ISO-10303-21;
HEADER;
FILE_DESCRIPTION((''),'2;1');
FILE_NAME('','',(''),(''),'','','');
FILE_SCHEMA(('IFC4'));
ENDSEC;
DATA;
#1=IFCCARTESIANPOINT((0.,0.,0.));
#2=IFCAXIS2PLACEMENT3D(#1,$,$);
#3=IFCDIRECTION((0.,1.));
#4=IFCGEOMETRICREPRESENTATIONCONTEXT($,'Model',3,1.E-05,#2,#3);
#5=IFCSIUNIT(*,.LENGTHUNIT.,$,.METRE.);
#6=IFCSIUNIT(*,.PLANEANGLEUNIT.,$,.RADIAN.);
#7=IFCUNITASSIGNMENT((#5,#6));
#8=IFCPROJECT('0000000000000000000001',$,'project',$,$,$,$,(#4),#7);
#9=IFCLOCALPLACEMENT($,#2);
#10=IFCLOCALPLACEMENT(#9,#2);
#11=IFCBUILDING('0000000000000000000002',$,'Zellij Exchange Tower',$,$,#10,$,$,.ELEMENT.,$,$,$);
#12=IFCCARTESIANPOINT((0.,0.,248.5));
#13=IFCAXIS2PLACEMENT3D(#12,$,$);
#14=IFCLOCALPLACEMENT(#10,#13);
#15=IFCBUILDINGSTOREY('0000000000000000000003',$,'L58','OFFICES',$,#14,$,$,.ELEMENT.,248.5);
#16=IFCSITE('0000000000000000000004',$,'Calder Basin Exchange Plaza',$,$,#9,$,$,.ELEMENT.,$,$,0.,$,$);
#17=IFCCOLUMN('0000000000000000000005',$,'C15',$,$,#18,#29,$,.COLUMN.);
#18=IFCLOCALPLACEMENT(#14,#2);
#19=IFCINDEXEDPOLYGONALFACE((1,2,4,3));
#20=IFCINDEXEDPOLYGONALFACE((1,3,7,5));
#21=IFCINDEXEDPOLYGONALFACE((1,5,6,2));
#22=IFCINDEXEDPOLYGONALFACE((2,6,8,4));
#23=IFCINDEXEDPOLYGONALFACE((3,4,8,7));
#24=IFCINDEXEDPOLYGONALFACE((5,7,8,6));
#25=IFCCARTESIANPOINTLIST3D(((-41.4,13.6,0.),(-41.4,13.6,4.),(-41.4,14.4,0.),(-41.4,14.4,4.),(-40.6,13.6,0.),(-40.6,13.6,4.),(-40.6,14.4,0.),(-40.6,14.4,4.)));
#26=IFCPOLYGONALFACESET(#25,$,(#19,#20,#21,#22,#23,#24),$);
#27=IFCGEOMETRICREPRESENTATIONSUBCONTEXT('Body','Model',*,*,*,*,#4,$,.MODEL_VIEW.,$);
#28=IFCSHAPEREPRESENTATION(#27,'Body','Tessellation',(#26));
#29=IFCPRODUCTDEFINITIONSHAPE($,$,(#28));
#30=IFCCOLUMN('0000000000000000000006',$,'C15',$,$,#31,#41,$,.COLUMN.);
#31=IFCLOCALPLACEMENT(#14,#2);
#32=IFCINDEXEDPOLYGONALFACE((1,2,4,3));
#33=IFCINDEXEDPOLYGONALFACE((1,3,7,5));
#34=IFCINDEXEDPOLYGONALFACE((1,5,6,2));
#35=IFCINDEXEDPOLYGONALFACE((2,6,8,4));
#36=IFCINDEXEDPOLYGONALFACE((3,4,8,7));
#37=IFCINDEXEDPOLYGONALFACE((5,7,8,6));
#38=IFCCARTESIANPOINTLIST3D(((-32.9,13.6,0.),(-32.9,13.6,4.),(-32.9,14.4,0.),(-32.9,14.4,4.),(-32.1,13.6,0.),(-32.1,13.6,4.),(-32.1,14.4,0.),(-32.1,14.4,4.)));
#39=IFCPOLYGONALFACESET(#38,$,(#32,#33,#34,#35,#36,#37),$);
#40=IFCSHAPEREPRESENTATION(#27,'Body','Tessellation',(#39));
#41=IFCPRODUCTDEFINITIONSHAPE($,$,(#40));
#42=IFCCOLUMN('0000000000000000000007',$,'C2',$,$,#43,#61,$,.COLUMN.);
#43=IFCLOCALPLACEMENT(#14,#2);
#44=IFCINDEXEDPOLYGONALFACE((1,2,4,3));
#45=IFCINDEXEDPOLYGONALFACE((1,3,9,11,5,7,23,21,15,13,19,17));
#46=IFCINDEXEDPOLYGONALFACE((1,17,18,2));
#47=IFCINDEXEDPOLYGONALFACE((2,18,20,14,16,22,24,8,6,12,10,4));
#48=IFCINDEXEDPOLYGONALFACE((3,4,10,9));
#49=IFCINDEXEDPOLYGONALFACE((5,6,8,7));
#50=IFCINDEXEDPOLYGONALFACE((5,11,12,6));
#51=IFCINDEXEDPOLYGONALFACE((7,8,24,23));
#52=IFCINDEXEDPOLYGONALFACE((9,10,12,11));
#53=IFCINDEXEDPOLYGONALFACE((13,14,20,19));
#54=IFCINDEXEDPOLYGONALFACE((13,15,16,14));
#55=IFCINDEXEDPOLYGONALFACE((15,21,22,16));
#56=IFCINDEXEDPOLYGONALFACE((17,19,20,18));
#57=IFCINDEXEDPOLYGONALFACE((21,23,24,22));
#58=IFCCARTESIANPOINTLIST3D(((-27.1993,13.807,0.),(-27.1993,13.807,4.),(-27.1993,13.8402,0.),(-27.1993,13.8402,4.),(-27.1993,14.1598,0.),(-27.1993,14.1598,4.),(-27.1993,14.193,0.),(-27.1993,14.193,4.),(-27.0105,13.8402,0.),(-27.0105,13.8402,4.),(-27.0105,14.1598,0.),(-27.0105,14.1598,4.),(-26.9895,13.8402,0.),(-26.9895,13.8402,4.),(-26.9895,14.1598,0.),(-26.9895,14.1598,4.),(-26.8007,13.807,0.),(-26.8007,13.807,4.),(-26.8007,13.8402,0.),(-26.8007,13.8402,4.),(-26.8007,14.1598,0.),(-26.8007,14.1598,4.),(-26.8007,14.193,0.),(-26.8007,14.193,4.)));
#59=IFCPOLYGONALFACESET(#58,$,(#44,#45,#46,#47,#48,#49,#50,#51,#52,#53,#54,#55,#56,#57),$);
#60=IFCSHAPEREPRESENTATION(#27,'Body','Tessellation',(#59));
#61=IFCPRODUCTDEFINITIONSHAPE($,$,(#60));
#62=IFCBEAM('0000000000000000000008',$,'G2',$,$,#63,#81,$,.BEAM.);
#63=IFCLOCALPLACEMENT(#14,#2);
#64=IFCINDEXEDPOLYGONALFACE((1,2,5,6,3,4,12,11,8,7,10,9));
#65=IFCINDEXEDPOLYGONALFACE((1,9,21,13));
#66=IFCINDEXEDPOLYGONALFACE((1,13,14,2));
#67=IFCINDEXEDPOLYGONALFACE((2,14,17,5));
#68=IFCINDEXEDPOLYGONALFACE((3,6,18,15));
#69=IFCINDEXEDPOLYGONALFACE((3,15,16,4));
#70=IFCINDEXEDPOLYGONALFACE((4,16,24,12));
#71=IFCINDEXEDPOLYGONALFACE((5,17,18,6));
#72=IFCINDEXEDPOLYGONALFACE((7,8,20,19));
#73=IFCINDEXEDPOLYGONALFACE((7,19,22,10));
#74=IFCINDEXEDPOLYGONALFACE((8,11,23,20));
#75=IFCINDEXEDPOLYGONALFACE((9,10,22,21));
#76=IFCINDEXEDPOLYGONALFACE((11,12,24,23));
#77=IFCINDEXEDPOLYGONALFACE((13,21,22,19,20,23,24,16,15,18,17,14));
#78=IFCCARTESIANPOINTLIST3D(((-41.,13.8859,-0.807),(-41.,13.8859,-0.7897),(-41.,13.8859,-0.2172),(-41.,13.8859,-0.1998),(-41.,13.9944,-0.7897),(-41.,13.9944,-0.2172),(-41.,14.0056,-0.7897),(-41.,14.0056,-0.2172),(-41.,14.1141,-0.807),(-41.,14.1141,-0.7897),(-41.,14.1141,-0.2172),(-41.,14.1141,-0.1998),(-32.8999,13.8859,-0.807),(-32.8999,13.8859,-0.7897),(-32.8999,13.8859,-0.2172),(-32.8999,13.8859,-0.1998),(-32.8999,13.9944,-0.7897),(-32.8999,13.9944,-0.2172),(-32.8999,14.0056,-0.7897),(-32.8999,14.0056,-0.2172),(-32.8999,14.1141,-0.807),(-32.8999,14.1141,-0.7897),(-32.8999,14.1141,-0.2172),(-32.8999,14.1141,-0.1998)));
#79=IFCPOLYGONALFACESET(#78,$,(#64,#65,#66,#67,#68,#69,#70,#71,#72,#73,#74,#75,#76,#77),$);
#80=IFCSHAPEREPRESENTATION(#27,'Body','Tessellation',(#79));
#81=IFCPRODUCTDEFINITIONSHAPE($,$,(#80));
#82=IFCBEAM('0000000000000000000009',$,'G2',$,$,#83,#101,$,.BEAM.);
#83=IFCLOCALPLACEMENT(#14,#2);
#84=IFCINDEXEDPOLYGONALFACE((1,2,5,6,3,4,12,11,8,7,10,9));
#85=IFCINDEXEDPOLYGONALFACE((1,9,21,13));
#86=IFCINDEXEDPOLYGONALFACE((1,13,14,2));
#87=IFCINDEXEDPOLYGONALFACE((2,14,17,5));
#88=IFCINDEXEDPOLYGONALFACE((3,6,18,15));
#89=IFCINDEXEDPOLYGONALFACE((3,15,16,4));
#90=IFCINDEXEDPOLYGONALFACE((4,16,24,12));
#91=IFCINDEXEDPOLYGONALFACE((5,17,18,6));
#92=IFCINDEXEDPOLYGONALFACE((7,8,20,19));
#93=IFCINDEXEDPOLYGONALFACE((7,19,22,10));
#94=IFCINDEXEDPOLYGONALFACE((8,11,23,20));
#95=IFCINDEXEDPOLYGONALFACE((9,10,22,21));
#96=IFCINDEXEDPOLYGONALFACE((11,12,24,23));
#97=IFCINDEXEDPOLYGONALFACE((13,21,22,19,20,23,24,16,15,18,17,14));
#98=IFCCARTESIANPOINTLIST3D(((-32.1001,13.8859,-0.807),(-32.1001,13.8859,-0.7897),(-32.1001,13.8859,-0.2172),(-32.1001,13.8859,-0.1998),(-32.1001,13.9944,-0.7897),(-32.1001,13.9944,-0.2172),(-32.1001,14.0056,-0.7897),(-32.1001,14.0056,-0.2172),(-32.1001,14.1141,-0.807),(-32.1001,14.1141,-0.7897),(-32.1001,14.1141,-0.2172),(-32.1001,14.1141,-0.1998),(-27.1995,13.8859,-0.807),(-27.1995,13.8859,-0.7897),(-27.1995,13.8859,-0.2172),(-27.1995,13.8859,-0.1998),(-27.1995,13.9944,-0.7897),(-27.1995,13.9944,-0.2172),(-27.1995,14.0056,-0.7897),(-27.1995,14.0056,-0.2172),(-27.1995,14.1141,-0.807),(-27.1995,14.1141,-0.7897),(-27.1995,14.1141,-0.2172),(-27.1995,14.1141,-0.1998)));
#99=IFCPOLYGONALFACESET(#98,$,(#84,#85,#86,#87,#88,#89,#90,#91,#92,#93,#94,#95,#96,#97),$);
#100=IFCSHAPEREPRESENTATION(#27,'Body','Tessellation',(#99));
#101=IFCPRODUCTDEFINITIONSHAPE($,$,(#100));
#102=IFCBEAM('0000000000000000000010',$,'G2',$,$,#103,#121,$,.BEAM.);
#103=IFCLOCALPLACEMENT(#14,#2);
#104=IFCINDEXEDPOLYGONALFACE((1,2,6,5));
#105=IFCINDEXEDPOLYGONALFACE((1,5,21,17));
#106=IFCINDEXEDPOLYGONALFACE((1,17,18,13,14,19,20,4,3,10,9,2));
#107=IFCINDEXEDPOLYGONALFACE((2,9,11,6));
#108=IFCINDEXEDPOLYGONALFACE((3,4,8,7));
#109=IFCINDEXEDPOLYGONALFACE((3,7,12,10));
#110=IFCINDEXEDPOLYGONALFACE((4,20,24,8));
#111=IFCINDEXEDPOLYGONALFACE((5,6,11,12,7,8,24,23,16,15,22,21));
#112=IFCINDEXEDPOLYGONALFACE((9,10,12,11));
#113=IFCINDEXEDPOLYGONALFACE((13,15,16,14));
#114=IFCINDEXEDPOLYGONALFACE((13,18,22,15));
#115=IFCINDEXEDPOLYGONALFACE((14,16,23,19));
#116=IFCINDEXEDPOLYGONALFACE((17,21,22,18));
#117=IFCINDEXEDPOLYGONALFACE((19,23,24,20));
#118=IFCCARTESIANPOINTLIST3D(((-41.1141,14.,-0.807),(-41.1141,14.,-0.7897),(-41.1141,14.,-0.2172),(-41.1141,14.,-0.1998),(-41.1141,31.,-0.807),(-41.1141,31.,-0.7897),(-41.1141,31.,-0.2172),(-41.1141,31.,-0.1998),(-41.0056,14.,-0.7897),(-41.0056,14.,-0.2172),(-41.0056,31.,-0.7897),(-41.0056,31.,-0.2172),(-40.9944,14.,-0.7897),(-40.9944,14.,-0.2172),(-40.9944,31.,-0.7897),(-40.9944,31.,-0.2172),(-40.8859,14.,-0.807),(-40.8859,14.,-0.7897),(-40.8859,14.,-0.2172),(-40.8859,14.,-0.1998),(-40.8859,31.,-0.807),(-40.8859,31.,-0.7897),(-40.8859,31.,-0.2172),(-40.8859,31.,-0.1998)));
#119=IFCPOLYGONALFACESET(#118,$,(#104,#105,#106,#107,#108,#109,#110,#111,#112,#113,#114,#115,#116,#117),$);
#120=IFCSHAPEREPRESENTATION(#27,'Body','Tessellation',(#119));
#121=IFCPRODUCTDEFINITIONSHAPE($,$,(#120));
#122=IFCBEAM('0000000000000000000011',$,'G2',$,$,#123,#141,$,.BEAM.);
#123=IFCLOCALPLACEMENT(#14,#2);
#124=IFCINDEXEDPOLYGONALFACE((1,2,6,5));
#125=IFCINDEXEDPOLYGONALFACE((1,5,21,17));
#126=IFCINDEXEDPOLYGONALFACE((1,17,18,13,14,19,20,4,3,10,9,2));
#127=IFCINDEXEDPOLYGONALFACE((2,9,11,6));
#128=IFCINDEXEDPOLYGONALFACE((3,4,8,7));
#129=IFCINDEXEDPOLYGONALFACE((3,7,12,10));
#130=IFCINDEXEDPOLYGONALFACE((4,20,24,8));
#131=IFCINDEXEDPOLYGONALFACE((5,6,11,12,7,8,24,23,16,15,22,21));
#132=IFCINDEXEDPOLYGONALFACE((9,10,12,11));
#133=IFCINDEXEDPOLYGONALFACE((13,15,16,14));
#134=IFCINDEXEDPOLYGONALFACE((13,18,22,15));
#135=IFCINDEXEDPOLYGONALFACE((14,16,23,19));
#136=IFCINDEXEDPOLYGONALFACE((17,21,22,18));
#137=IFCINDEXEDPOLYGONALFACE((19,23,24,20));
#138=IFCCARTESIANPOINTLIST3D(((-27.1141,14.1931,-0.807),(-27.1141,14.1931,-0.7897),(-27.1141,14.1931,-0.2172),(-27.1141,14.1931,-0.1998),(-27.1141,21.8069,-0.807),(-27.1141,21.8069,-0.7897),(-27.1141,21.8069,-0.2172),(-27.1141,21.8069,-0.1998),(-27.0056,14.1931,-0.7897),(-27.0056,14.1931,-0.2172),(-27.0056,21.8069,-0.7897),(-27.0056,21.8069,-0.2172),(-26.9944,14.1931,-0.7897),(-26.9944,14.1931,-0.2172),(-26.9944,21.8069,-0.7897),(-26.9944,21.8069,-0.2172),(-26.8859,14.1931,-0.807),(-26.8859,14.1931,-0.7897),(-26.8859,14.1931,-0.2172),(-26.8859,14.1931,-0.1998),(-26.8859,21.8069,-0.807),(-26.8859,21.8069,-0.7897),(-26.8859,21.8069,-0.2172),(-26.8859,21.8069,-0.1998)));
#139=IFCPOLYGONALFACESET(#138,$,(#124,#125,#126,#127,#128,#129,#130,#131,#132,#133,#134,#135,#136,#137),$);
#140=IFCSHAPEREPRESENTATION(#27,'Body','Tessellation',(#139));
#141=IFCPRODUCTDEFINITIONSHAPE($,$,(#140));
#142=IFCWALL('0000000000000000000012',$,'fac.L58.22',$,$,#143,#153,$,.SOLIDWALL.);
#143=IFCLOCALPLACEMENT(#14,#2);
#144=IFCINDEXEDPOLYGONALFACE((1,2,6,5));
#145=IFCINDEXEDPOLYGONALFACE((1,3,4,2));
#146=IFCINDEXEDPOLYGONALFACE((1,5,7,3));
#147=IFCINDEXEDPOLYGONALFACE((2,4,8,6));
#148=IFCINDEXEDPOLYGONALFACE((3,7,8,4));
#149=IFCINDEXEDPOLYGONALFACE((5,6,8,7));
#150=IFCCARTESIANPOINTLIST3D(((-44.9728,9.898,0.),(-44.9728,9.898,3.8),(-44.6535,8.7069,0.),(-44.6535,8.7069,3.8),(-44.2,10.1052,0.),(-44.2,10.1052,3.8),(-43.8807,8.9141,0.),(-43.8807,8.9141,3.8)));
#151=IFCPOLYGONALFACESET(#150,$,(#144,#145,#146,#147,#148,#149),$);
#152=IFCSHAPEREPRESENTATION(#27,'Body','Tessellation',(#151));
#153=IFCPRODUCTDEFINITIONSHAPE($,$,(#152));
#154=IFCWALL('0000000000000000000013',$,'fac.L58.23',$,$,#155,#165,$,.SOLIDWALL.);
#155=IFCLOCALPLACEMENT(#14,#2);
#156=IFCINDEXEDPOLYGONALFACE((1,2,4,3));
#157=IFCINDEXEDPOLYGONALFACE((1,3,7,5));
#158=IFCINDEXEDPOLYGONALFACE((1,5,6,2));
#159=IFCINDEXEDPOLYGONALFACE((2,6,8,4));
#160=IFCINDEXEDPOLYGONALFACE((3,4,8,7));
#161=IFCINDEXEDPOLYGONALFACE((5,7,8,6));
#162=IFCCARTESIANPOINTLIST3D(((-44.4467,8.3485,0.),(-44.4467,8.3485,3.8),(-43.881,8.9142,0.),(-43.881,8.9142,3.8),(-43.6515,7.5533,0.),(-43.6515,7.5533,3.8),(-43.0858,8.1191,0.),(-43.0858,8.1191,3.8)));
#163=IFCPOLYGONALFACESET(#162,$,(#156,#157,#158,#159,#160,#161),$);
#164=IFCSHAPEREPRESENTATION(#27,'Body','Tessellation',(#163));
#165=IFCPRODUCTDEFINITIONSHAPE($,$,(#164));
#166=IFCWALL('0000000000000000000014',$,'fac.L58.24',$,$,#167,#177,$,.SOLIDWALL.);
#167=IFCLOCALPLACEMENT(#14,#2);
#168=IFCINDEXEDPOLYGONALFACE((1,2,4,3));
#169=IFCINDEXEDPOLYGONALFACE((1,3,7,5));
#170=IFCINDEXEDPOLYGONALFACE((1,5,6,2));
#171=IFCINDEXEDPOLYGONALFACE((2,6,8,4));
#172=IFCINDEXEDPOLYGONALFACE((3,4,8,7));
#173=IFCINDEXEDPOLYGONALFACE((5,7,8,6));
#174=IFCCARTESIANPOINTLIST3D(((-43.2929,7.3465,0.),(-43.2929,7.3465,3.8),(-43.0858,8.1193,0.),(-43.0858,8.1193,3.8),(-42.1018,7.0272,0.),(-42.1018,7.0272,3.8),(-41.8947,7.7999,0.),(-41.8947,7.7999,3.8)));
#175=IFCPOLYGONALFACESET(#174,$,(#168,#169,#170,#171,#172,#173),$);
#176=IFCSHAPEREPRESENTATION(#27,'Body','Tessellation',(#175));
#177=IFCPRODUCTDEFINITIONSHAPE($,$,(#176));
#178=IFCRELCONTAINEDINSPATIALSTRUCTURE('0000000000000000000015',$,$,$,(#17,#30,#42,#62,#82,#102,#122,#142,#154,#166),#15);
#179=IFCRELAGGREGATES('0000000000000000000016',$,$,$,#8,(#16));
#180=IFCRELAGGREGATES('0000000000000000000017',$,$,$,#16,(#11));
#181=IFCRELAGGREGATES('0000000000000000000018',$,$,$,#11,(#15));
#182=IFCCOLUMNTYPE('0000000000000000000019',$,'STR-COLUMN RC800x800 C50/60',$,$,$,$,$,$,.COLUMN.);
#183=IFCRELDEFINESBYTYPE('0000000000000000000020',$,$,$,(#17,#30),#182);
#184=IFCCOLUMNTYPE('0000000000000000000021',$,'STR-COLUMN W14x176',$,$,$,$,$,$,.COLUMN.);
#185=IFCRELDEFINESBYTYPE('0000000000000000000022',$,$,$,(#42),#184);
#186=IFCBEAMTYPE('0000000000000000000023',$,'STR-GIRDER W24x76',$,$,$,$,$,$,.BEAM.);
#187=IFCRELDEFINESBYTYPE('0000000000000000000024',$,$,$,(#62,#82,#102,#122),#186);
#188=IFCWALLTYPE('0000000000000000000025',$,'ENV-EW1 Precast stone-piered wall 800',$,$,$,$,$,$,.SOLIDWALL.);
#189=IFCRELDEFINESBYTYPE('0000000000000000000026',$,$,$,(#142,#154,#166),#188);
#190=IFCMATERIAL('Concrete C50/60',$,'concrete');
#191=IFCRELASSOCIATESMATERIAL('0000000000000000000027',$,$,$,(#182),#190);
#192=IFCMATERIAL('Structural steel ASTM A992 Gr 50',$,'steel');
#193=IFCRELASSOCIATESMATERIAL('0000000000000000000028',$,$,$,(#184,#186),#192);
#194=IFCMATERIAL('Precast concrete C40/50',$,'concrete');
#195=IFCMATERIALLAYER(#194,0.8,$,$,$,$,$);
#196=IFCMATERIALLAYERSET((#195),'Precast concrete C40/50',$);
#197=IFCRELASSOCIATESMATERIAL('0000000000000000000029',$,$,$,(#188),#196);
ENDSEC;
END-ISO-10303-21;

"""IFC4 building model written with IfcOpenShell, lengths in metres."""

from ifc_helpers import new_model, si_unit, direction, frame, frame_2d, origin, origin_2d, place, context, subcontext, project, spatial, rectangle, i_section, extrude, material, layer, layer_set, material_profile, profile_set, type_object, element, save


model = new_model("IFC4")

# Units and contexts
model_context = context("Model", 3, precision=1e-05, world=origin(), true_north=direction((0.0, 1.0)))
body_context = subcontext(model_context, "Body", "Model", "MODEL_VIEW")
ifc_project = project(units=[si_unit("LENGTHUNIT", "METRE"), si_unit("PLANEANGLEUNIT", "RADIAN")], contexts=[model_context])

# Site, building, storey
site_placement = place(None, origin())
site = spatial("IfcSite", under=ifc_project, at=site_placement, Name="Calder Basin Exchange Plaza", CompositionType="ELEMENT", RefElevation=0.0)
building_placement = place(site_placement, origin())
building = spatial("IfcBuilding", under=site, at=building_placement, Name="Zellij Exchange Tower", CompositionType="ELEMENT")
storey_placement = place(building_placement, frame((0.0, 0.0, 248.5)))
storey = spatial("IfcBuildingStorey", under=building, at=storey_placement, Name="L58", Description="OFFICES", CompositionType="ELEMENT", Elevation=248.5)

# Columns
ifc_material_1 = material(Name="Concrete C50/60", Category="concrete")
ifc_material_profile_1 = material_profile(ifc_material_1, rectangle(XDim=0.8, YDim=0.8, at=origin_2d()), Name="STR-COLUMN RC800x800 C50/60")
ifc_profile_set_1 = profile_set([ifc_material_profile_1], Name="Concrete C50/60")
column_type_1 = type_object("IfcColumnType", Name="STR-COLUMN RC800x800 C50/60", PredefinedType="COLUMN", material=ifc_profile_set_1)
for number, where, z_axis, x_axis, name in (
    (1, (-41.0, 14.0, 0.0), (0.0, 0.0, 1.0), (1.0, 0.0, 0.0), "C15"),
    (2, (-32.5, 14.0, 0.0), (0.0, 0.0, 1.0), (1.0, 0.0, 0.0), "C15"),
):
    element("IfcColumn", number, at=place(storey_placement, frame(where, z_axis=z_axis, x_axis=x_axis)), inside=storey, type_object=column_type_1, Name=name, PredefinedType="COLUMN", context=body_context, shape_type="SweptSolid", body=[
        extrude(rectangle(XDim=0.8, YDim=0.8, at=origin_2d()), origin(), (0.0, 0.0, 1.0), 4.0),
    ])
ifc_material_2 = material(Name="Structural steel ASTM A992 Gr 50", Category="steel")
ifc_material_profile_2 = material_profile(ifc_material_2, i_section(OverallWidth=0.3987, OverallDepth=0.386, WebThickness=0.021, FlangeThickness=0.0332, at=origin_2d()), Name="W14x176")
ifc_profile_set_2 = profile_set([ifc_material_profile_2], Name="Structural steel ASTM A992 Gr 50")
column_type_2 = type_object("IfcColumnType", Name="STR-COLUMN W14x176", PredefinedType="COLUMN", material=ifc_profile_set_2)
column_placement = place(storey_placement, frame((-27.0, 14.0, 0.0), z_axis=(0.0, 0.0, 1.0), x_axis=(1.0, 0.0, 0.0)))
element("IfcColumn", 3, at=column_placement, inside=storey, type_object=column_type_2, Name="C2", PredefinedType="COLUMN", context=body_context, shape_type="SweptSolid", body=[
    extrude(i_section(OverallWidth=0.3987, OverallDepth=0.386, WebThickness=0.021, FlangeThickness=0.0332, at=origin_2d()), origin(), (0.0, 0.0, 1.0), 4.0),
])

# Beams
ifc_material_profile_3 = material_profile(ifc_material_2, i_section(OverallWidth=0.2283, OverallDepth=0.6072, WebThickness=0.0112, FlangeThickness=0.0173, at=origin_2d()), Name="W24x76")
ifc_profile_set_3 = profile_set([ifc_material_profile_3], Name="Structural steel ASTM A992 Gr 50")
beam_type = type_object("IfcBeamType", Name="STR-GIRDER W24x76", PredefinedType="BEAM", material=ifc_profile_set_3)
beam_1_placement = place(storey_placement, frame((-41.0, 14.0, -0.5034), z_axis=(1.0, 0.0, 0.0), x_axis=(0.0, 1.0, 0.0)))
element("IfcBeam", 4, at=beam_1_placement, inside=storey, type_object=beam_type, Name="G2", PredefinedType="BEAM", context=body_context, shape_type="SweptSolid", body=[
    extrude(i_section(OverallWidth=0.2283, OverallDepth=0.6072, WebThickness=0.0112, FlangeThickness=0.0173, at=origin_2d()), origin(), (0.0, 0.0, 1.0), 8.1001),
])
beam_2_placement = place(storey_placement, frame((-32.1001, 14.0, -0.5034), z_axis=(1.0, 0.0, 0.0), x_axis=(0.0, 1.0, 0.0)))
element("IfcBeam", 5, at=beam_2_placement, inside=storey, type_object=beam_type, Name="G2", PredefinedType="BEAM", context=body_context, shape_type="SweptSolid", body=[
    extrude(i_section(OverallWidth=0.2283, OverallDepth=0.6072, WebThickness=0.0112, FlangeThickness=0.0173, at=origin_2d()), origin(), (0.0, 0.0, 1.0), 4.9006),
])
beam_3_placement = place(storey_placement, frame((-41.0, 14.0, -0.5034), z_axis=(0.0, 1.0, 0.0), x_axis=(-1.0, 0.0, 0.0)))
element("IfcBeam", 6, at=beam_3_placement, inside=storey, type_object=beam_type, Name="G2", PredefinedType="BEAM", context=body_context, shape_type="SweptSolid", body=[
    extrude(i_section(OverallWidth=0.2283, OverallDepth=0.6072, WebThickness=0.0112, FlangeThickness=0.0173, at=origin_2d()), origin(), (0.0, 0.0, 1.0), 17.0),
])
beam_4_placement = place(storey_placement, frame((-27.0, 14.1931, -0.5034), z_axis=(0.0, 1.0, 0.0), x_axis=(-1.0, 0.0, 0.0)))
element("IfcBeam", 7, at=beam_4_placement, inside=storey, type_object=beam_type, Name="G2", PredefinedType="BEAM", context=body_context, shape_type="SweptSolid", body=[
    extrude(i_section(OverallWidth=0.2283, OverallDepth=0.6072, WebThickness=0.0112, FlangeThickness=0.0173, at=origin_2d()), origin(), (0.0, 0.0, 1.0), 7.6138),
])

# Walls
ifc_material_3 = material(Name="Precast concrete C40/50", Category="concrete")
ifc_layer_1 = layer(ifc_material_3, 0.8)
ifc_layer_set_1 = layer_set([ifc_layer_1], Name="Precast concrete C40/50")
wall_type_1 = type_object("IfcWallType", Name="ENV-EW1 Precast stone-piered wall 800", PredefinedType="SOLIDWALL", material=ifc_layer_set_1)
wall_1_placement = place(storey_placement, frame((-44.5864, 10.0017, 0.0), z_axis=(0.0, 0.0, 1.0), x_axis=(0.258944, -0.965892, 0.0)))
element("IfcWall", 8, at=wall_1_placement, inside=storey, type_object=wall_type_1, Name="fac.L58.22", PredefinedType="SOLIDWALL", context=body_context, shape_type="SweptSolid", body=[
    extrude(rectangle(XDim=1.2332, YDim=0.8, at=frame_2d((0.6167, 0.0))), origin(), (0.0, 0.0, 1.0), 3.8),
])
wall_2_placement = place(storey_placement, frame((-44.1638, 8.6313, 0.0), z_axis=(0.0, 0.0, 1.0), x_axis=(0.707107, -0.707107, 0.0)))
element("IfcWall", 9, at=wall_2_placement, inside=storey, type_object=wall_type_1, Name="fac.L58.23", PredefinedType="SOLIDWALL", context=body_context, shape_type="SweptSolid", body=[
    extrude(rectangle(XDim=1.1245, YDim=0.8, at=frame_2d((0.5623, 0.0))), origin(), (0.0, 0.0, 1.0), 3.8),
])
wall_3_placement = place(storey_placement, frame((-43.1895, 7.7329, 0.0), z_axis=(0.0, 0.0, 1.0), x_axis=(0.965892, -0.258944, 0.0)))
element("IfcWall", 10, at=wall_3_placement, inside=storey, type_object=wall_type_1, Name="fac.L58.24", PredefinedType="SOLIDWALL", context=body_context, shape_type="SweptSolid", body=[
    extrude(rectangle(XDim=1.2332, YDim=0.8, at=frame_2d((0.6167, 0.0))), origin(), (0.0, 0.0, 1.0), 3.8),
])

save(model, "model.ifc")
